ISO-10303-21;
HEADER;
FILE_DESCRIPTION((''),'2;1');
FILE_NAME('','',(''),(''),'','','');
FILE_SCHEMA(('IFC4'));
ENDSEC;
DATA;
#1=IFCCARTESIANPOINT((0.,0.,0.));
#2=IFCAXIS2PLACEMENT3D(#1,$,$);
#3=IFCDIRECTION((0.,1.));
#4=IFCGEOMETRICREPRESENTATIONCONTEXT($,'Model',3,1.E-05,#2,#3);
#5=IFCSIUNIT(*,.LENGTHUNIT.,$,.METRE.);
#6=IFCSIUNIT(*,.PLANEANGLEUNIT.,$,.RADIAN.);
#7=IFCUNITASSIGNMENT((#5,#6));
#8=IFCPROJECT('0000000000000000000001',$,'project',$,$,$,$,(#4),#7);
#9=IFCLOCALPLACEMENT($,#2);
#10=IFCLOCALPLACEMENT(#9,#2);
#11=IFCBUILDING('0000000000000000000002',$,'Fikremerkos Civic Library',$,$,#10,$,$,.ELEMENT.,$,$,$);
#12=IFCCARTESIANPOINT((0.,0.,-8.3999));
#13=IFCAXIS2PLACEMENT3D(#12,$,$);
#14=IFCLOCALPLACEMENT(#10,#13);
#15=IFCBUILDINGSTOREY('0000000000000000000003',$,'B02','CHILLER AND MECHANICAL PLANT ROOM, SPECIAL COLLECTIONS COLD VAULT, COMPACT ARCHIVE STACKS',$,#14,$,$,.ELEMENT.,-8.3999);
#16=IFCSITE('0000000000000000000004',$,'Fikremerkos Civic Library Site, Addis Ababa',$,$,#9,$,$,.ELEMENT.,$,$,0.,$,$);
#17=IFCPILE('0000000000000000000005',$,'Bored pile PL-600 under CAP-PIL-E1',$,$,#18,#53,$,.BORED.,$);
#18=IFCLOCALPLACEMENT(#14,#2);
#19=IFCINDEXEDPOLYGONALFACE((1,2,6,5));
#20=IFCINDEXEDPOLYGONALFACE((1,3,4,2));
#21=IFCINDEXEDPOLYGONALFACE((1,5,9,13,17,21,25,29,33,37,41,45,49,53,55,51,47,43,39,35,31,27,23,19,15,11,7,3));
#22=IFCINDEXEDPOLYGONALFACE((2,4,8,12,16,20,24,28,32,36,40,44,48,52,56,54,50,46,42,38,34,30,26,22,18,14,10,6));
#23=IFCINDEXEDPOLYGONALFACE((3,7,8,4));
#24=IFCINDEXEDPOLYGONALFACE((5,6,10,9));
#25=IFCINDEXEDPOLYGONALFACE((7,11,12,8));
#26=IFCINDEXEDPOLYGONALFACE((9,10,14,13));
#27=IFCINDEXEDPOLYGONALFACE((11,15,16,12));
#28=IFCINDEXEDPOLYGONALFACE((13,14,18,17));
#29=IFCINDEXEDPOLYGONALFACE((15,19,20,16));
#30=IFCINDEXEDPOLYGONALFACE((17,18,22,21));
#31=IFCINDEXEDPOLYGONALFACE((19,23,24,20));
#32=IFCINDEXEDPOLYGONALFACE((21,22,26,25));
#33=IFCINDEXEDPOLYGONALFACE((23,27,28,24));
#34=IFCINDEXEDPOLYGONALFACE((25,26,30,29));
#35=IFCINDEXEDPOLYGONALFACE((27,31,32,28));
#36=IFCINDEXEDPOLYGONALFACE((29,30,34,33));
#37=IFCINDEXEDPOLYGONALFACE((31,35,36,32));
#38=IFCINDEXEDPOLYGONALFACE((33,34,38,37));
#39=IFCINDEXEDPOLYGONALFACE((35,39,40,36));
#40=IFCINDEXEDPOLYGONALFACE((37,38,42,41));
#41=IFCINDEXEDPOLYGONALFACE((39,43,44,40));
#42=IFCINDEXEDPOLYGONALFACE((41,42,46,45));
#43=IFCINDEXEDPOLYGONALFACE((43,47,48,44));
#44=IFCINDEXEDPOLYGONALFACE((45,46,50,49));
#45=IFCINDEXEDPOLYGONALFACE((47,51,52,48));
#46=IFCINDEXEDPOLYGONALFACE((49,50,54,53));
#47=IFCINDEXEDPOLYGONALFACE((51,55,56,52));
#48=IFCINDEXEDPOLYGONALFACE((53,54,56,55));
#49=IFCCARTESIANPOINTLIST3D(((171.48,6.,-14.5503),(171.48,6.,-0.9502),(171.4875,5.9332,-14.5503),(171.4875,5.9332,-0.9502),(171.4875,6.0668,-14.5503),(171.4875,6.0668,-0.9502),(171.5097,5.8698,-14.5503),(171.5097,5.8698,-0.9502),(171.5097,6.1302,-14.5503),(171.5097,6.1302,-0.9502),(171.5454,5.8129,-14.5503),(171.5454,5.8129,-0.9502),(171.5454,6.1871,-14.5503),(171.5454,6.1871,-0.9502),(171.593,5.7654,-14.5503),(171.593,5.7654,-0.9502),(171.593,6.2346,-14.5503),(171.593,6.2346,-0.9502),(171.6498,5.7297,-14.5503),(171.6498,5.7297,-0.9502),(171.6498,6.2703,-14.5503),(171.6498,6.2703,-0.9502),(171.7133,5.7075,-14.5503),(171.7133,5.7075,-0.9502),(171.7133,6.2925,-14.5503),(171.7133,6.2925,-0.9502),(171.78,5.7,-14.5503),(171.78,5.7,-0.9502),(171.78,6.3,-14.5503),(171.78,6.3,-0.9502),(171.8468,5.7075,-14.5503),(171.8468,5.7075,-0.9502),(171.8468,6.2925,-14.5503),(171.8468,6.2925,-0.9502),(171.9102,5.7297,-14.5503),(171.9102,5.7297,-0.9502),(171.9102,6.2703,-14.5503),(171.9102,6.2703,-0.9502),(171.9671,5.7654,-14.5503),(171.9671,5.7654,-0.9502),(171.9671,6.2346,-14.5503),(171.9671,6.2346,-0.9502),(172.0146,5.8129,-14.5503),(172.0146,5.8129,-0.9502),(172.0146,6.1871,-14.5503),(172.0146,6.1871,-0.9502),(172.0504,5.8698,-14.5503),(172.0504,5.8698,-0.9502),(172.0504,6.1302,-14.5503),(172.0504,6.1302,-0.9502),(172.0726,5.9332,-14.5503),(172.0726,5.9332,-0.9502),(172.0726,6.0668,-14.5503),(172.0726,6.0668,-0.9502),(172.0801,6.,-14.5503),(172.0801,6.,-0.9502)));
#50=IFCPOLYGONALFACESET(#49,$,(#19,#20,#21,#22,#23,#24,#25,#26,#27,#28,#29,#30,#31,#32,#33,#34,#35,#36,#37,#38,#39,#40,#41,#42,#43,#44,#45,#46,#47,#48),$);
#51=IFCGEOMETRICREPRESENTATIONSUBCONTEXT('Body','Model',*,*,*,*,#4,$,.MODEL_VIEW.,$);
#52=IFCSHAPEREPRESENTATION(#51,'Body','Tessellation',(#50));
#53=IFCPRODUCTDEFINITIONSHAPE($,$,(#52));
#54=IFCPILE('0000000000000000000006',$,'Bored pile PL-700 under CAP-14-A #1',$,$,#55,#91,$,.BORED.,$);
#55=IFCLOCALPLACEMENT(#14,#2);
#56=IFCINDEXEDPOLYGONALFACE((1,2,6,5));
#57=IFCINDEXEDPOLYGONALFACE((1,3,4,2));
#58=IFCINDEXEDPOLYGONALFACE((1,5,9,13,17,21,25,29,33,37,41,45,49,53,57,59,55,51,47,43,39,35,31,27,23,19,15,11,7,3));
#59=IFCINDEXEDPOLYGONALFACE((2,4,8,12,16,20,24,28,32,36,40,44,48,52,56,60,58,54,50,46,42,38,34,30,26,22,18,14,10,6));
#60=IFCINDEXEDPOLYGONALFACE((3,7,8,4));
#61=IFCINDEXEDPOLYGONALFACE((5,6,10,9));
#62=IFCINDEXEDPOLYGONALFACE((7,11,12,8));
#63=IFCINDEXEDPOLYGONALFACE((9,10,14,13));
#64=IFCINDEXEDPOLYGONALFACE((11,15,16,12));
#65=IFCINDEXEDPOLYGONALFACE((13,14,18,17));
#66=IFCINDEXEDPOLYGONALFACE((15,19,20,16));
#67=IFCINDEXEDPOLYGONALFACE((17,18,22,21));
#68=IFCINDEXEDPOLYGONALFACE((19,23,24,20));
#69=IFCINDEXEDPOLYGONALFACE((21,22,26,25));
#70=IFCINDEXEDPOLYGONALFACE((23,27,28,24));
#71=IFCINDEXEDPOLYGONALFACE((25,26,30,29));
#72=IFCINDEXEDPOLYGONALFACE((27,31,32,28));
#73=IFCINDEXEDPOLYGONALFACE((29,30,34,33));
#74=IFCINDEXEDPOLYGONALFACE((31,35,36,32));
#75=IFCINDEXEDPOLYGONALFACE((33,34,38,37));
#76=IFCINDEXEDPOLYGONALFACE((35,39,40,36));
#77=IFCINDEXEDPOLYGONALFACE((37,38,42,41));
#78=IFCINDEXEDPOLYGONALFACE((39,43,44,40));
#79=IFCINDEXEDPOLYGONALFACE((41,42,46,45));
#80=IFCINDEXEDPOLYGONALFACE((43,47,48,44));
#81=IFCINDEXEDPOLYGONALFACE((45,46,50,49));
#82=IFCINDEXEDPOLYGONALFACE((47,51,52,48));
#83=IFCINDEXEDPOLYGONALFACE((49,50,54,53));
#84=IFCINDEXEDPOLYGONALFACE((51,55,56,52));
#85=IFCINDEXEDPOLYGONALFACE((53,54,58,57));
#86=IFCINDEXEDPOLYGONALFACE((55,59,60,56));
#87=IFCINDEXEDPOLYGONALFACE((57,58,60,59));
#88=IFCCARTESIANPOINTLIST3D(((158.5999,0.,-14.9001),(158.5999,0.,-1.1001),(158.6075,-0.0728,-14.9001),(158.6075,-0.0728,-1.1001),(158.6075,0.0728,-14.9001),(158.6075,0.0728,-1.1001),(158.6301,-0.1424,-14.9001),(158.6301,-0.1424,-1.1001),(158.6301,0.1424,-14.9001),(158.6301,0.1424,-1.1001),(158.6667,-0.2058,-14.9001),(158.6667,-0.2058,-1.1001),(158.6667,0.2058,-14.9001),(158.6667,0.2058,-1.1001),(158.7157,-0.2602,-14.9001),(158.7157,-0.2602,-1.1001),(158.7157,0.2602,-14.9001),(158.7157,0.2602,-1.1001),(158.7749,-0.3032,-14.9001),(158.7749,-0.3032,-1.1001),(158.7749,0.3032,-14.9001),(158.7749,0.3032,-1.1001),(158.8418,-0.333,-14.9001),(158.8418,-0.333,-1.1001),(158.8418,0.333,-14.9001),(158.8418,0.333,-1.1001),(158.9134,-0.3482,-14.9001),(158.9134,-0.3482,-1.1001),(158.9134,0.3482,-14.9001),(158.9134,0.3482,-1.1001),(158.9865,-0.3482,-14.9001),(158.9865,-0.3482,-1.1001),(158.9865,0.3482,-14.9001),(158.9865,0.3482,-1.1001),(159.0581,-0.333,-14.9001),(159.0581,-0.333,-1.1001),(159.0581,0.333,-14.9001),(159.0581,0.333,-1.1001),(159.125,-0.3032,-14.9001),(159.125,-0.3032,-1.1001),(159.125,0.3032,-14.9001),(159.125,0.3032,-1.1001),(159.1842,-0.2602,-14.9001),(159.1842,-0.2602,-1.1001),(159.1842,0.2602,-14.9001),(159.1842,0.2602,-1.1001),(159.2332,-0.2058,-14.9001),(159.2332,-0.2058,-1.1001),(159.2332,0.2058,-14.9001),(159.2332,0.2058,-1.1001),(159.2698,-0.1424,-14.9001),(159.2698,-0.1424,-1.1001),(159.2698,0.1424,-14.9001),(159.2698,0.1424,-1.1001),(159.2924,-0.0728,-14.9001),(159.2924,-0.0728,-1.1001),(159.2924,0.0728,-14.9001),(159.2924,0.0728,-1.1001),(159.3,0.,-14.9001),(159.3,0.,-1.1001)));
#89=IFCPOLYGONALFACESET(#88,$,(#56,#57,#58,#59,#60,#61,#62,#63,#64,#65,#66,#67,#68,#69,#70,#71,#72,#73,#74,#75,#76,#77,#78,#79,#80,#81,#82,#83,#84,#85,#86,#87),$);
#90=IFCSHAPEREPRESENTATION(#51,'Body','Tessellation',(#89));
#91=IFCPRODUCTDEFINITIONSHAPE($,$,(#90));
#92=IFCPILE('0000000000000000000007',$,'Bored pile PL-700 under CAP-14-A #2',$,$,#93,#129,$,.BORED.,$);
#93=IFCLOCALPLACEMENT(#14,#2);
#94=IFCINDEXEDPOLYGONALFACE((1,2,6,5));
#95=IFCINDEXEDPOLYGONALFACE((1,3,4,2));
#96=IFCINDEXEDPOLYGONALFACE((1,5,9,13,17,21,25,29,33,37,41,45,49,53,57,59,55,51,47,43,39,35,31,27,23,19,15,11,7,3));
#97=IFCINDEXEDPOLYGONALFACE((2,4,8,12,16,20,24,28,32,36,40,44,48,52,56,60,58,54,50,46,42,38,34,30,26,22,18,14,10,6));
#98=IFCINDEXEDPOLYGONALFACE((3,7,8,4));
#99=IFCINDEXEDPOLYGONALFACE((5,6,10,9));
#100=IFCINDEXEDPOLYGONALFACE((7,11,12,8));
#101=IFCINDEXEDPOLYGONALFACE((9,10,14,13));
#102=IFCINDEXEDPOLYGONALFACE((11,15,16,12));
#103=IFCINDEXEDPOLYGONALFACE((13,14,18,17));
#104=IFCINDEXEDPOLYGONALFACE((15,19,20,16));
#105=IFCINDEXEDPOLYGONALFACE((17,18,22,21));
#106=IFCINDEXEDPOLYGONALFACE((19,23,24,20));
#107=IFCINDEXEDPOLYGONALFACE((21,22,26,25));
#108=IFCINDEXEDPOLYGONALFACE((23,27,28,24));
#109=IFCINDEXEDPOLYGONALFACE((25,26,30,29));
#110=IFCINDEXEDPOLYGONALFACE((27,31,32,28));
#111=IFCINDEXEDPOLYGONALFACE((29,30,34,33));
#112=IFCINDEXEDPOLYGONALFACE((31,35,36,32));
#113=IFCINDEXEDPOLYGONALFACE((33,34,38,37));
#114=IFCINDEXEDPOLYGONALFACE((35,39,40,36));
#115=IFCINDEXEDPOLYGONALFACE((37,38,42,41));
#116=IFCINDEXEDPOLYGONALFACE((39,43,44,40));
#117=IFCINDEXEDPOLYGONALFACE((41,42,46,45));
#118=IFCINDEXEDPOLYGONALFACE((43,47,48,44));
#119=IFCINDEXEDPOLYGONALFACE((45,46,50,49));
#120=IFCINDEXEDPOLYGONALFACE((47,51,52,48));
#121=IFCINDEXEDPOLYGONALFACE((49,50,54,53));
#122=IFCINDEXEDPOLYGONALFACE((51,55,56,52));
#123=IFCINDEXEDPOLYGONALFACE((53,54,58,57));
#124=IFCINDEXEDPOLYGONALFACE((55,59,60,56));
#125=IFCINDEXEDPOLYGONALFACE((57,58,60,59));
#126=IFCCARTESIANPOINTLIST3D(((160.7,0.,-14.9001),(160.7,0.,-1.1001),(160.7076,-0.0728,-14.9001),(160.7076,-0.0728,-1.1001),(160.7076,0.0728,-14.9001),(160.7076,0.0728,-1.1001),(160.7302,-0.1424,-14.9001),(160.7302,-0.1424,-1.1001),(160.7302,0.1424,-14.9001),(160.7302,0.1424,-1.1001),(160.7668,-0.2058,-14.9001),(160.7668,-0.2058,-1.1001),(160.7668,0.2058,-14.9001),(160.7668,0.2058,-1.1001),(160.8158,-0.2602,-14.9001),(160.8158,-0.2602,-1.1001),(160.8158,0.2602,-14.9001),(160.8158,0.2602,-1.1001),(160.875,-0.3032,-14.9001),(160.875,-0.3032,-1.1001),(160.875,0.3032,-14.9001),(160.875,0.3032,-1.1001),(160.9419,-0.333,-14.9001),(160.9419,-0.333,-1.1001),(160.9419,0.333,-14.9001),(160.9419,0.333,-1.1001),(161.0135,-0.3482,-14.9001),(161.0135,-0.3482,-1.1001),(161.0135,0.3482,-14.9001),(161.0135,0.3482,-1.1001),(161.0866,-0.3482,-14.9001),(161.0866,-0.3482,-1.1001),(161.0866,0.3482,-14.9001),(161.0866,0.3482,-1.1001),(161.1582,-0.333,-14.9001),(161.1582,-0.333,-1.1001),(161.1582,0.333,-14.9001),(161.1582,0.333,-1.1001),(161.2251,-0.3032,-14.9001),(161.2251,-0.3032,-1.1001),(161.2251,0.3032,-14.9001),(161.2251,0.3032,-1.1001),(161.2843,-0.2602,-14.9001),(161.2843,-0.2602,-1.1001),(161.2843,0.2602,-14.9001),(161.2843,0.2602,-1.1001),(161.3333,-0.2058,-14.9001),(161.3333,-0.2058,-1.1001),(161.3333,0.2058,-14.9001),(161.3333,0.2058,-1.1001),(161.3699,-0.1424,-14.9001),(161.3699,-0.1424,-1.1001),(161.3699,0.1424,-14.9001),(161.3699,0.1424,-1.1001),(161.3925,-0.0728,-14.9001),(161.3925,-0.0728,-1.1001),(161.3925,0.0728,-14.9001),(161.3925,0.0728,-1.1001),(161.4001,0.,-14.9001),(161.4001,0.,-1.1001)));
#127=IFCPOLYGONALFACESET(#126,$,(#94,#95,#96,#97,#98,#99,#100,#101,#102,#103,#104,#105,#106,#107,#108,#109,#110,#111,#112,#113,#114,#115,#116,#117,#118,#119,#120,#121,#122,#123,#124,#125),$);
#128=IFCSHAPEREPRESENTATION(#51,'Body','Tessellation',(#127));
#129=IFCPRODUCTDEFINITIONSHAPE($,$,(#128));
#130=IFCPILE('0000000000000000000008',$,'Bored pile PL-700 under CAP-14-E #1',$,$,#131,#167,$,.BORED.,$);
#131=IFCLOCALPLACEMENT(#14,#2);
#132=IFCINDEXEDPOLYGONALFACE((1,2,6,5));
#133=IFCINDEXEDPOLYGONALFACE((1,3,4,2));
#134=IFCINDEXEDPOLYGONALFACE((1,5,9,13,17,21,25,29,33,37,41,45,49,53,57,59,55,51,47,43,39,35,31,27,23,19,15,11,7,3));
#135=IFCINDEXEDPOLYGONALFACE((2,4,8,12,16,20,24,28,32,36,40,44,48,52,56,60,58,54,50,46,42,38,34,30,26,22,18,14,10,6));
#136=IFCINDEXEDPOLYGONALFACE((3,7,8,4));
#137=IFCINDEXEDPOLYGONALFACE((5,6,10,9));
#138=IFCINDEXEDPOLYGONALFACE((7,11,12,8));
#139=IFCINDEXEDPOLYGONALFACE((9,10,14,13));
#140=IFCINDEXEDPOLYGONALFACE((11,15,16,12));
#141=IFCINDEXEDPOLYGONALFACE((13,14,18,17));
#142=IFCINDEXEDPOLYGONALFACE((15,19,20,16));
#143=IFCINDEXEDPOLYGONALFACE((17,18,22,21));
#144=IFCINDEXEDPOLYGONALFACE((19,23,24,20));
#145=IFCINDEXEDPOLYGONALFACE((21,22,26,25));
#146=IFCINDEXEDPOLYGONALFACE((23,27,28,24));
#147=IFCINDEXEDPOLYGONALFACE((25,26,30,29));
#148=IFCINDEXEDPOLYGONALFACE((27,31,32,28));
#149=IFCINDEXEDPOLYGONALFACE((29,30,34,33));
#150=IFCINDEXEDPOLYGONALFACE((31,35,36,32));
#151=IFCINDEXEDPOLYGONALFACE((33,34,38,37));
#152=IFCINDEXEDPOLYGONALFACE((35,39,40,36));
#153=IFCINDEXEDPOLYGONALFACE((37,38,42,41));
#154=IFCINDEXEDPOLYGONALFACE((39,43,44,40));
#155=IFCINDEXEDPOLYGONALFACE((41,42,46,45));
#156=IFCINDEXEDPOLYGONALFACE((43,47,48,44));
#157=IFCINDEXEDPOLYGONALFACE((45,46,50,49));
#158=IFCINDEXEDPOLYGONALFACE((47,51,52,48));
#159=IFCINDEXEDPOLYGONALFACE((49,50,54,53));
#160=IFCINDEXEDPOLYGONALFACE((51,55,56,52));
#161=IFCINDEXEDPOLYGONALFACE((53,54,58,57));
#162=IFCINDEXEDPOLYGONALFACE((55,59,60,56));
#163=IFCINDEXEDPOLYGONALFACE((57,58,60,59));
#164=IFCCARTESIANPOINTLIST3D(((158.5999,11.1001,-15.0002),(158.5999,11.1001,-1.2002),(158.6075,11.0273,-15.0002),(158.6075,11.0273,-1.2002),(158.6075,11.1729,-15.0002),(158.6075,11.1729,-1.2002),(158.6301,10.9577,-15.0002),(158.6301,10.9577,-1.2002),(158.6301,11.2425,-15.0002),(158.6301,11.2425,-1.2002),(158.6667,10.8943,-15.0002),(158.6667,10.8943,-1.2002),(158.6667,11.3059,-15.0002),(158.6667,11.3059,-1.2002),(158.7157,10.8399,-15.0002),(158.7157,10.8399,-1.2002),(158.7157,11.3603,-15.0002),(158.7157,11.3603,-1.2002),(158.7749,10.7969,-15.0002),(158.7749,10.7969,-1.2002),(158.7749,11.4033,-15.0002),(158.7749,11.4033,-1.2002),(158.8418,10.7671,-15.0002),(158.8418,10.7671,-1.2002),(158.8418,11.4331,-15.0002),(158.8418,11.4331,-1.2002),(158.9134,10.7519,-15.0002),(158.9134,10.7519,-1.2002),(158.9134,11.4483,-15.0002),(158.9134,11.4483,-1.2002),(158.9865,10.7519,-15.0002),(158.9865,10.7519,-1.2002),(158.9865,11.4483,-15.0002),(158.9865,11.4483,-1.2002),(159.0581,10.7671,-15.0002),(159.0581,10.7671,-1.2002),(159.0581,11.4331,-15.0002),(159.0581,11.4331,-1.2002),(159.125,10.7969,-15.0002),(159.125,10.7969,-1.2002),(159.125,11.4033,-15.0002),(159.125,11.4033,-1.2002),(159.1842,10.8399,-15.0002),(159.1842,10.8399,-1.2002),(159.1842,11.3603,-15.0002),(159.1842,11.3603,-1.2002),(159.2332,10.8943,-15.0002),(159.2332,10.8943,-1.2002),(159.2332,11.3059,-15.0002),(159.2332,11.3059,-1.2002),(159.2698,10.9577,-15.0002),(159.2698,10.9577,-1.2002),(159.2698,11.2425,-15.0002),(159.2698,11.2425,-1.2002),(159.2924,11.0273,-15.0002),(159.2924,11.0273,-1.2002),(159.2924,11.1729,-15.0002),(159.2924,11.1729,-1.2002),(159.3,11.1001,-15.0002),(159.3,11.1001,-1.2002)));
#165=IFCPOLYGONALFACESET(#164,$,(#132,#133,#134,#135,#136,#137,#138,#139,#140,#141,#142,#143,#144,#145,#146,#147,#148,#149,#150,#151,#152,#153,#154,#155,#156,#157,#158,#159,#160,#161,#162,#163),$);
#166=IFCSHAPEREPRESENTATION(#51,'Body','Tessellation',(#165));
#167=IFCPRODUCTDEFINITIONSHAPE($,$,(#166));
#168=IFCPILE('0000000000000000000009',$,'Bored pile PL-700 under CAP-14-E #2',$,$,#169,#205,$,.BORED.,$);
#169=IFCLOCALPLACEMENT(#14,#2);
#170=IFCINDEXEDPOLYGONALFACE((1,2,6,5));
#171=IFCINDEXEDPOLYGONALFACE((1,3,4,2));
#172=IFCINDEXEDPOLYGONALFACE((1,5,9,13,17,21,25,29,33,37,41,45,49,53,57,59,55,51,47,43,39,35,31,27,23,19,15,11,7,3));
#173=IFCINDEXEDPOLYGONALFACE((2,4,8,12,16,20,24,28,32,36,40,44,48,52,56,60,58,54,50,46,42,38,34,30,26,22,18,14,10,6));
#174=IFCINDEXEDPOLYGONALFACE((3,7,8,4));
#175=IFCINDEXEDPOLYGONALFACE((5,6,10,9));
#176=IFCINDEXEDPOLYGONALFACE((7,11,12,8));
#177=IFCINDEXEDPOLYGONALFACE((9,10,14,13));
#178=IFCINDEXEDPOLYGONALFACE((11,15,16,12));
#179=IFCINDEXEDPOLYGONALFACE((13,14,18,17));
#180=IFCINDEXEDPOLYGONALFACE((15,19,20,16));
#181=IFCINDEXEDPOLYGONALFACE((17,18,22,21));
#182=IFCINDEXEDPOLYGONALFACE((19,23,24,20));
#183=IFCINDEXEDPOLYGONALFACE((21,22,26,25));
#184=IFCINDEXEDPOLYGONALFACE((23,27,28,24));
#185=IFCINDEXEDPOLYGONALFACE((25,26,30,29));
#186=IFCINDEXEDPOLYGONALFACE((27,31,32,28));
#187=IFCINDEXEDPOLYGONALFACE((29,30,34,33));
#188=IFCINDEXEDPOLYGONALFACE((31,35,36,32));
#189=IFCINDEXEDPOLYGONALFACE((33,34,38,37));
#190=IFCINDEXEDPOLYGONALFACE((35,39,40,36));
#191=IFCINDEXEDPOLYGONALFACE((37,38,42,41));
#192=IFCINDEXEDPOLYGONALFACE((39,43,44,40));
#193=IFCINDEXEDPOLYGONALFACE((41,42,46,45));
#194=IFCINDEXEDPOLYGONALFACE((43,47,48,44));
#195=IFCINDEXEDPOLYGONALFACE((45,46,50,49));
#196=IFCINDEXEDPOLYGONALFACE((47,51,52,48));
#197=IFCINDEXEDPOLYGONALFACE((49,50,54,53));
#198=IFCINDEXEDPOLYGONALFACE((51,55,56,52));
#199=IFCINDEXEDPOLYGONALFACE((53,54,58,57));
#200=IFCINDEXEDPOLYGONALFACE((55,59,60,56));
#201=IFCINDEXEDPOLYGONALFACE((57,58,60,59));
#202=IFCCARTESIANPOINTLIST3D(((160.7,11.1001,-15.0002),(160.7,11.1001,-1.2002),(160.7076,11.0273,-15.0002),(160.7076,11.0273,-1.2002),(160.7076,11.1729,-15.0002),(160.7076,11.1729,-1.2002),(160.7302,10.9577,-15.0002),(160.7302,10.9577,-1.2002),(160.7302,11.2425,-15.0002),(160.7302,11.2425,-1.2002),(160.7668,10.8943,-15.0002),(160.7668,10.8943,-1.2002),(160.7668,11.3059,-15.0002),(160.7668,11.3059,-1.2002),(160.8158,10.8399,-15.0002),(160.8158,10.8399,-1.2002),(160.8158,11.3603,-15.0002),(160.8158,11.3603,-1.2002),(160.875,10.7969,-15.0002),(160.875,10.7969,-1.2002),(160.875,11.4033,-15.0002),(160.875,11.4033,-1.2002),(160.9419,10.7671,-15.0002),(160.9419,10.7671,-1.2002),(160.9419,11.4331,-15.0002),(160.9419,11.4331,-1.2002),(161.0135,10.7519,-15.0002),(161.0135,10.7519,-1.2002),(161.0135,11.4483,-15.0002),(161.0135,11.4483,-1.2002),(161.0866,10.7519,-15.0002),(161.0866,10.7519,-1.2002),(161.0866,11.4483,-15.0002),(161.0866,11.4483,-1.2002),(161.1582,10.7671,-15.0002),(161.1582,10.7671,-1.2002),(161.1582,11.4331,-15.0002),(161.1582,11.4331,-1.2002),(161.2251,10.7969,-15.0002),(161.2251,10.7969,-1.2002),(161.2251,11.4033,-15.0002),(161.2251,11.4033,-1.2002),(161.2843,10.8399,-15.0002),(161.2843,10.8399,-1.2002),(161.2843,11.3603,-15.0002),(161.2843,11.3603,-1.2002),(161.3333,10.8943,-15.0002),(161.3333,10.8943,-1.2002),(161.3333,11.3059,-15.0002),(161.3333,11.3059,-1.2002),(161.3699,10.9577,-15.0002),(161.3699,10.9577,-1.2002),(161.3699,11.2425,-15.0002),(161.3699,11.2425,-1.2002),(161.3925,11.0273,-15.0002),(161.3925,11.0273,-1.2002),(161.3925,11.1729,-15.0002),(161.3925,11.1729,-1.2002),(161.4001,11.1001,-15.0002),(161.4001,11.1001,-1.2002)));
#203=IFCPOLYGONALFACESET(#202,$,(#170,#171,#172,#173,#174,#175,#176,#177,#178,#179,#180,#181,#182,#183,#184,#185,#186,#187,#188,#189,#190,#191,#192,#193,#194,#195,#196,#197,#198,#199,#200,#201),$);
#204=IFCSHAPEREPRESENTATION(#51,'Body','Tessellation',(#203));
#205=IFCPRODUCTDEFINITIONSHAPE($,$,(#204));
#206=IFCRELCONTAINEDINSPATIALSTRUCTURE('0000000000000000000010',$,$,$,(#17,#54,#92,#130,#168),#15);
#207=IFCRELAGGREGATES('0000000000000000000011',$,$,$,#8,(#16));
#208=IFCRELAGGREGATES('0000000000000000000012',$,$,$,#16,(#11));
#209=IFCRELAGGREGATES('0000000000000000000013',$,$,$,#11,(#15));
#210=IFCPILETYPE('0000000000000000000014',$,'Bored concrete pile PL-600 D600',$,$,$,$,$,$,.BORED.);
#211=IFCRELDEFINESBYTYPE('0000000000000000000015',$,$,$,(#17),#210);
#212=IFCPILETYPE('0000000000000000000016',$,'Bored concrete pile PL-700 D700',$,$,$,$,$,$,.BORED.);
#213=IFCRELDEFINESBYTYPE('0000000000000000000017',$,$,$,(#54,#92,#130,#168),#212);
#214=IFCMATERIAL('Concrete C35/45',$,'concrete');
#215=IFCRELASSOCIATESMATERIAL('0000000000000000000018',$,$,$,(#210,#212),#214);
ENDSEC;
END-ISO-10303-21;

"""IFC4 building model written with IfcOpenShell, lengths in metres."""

from ifc_helpers import new_model, si_unit, direction, frame, origin, origin_2d, place, context, subcontext, project, spatial, circle, extrude, material, material_profile, profile_set, type_object, element, save


model = new_model("IFC4")

# Units and contexts
model_context = context("Model", 3, precision=1e-05, world=origin(), true_north=direction((0.0, 1.0)))
body_context = subcontext(model_context, "Body", "Model", "MODEL_VIEW")
ifc_project = project(units=[si_unit("LENGTHUNIT", "METRE"), si_unit("PLANEANGLEUNIT", "RADIAN")], contexts=[model_context])

# Site, building, storey
site_placement = place(None, origin())
site = spatial("IfcSite", under=ifc_project, at=site_placement, Name="Fikremerkos Civic Library Site, Addis Ababa", CompositionType="ELEMENT", RefElevation=0.0)
building_placement = place(site_placement, origin())
building = spatial("IfcBuilding", under=site, at=building_placement, Name="Fikremerkos Civic Library", CompositionType="ELEMENT")
storey_placement = place(building_placement, frame((0.0, 0.0, -8.3999)))
storey = spatial("IfcBuildingStorey", under=building, at=storey_placement, Name="B02", Description="CHILLER AND MECHANICAL PLANT ROOM, SPECIAL COLLECTIONS COLD VAULT, COMPACT ARCHIVE STACKS", CompositionType="ELEMENT", Elevation=-8.3999)

# Piles
ifc_material_1 = material(Name="Concrete C35/45", Category="concrete")
ifc_material_profile_1 = material_profile(ifc_material_1, circle(Radius=0.3, at=origin_2d()), Name="BORED PILE 600")
ifc_profile_set_1 = profile_set([ifc_material_profile_1], Name="Concrete C35/45")
pile_type_1 = type_object("IfcPileType", Name="Bored concrete pile PL-600 D600", PredefinedType="BORED", material=ifc_profile_set_1)
pile_placement = place(storey_placement, frame((171.78, 6.0, -0.9502), z_axis=(0.0, 0.0, -1.0), x_axis=(1.0, 0.0, 0.0)))
element("IfcPile", 1, at=pile_placement, inside=storey, type_object=pile_type_1, Name="Bored pile PL-600 under CAP-PIL-E1", PredefinedType="BORED", context=body_context, shape_type="SweptSolid", body=[
    extrude(circle(Radius=0.3, at=origin_2d()), origin(), (0.0, 0.0, 1.0), 13.6001),
])
ifc_material_profile_2 = material_profile(ifc_material_1, circle(Radius=0.3501, at=origin_2d()), Name="BORED PILE 700")
ifc_profile_set_2 = profile_set([ifc_material_profile_2], Name="Concrete C35/45")
pile_type_2 = type_object("IfcPileType", Name="Bored concrete pile PL-700 D700", PredefinedType="BORED", material=ifc_profile_set_2)
for number, where, z_axis, x_axis, name in (
    (2, (158.95, 0.0, -1.1001), (0.0, 0.0, -1.0), (1.0, 0.0, 0.0), "Bored pile PL-700 under CAP-14-A #1"),
    (3, (161.05, 0.0, -1.1001), (0.0, 0.0, -1.0), (1.0, 0.0, 0.0), "Bored pile PL-700 under CAP-14-A #2"),
    (4, (158.95, 11.1001, -1.2002), (0.0, 0.0, -1.0), (1.0, 0.0, 0.0), "Bored pile PL-700 under CAP-14-E #1"),
    (5, (161.05, 11.1001, -1.2002), (0.0, 0.0, -1.0), (1.0, 0.0, 0.0), "Bored pile PL-700 under CAP-14-E #2"),
):
    element("IfcPile", number, at=place(storey_placement, frame(where, z_axis=z_axis, x_axis=x_axis)), inside=storey, type_object=pile_type_2, Name=name, PredefinedType="BORED", context=body_context, shape_type="SweptSolid", body=[
        extrude(circle(Radius=0.3501, at=origin_2d()), origin(), (0.0, 0.0, 1.0), 13.8),
    ])

save(model, "model.ifc")
